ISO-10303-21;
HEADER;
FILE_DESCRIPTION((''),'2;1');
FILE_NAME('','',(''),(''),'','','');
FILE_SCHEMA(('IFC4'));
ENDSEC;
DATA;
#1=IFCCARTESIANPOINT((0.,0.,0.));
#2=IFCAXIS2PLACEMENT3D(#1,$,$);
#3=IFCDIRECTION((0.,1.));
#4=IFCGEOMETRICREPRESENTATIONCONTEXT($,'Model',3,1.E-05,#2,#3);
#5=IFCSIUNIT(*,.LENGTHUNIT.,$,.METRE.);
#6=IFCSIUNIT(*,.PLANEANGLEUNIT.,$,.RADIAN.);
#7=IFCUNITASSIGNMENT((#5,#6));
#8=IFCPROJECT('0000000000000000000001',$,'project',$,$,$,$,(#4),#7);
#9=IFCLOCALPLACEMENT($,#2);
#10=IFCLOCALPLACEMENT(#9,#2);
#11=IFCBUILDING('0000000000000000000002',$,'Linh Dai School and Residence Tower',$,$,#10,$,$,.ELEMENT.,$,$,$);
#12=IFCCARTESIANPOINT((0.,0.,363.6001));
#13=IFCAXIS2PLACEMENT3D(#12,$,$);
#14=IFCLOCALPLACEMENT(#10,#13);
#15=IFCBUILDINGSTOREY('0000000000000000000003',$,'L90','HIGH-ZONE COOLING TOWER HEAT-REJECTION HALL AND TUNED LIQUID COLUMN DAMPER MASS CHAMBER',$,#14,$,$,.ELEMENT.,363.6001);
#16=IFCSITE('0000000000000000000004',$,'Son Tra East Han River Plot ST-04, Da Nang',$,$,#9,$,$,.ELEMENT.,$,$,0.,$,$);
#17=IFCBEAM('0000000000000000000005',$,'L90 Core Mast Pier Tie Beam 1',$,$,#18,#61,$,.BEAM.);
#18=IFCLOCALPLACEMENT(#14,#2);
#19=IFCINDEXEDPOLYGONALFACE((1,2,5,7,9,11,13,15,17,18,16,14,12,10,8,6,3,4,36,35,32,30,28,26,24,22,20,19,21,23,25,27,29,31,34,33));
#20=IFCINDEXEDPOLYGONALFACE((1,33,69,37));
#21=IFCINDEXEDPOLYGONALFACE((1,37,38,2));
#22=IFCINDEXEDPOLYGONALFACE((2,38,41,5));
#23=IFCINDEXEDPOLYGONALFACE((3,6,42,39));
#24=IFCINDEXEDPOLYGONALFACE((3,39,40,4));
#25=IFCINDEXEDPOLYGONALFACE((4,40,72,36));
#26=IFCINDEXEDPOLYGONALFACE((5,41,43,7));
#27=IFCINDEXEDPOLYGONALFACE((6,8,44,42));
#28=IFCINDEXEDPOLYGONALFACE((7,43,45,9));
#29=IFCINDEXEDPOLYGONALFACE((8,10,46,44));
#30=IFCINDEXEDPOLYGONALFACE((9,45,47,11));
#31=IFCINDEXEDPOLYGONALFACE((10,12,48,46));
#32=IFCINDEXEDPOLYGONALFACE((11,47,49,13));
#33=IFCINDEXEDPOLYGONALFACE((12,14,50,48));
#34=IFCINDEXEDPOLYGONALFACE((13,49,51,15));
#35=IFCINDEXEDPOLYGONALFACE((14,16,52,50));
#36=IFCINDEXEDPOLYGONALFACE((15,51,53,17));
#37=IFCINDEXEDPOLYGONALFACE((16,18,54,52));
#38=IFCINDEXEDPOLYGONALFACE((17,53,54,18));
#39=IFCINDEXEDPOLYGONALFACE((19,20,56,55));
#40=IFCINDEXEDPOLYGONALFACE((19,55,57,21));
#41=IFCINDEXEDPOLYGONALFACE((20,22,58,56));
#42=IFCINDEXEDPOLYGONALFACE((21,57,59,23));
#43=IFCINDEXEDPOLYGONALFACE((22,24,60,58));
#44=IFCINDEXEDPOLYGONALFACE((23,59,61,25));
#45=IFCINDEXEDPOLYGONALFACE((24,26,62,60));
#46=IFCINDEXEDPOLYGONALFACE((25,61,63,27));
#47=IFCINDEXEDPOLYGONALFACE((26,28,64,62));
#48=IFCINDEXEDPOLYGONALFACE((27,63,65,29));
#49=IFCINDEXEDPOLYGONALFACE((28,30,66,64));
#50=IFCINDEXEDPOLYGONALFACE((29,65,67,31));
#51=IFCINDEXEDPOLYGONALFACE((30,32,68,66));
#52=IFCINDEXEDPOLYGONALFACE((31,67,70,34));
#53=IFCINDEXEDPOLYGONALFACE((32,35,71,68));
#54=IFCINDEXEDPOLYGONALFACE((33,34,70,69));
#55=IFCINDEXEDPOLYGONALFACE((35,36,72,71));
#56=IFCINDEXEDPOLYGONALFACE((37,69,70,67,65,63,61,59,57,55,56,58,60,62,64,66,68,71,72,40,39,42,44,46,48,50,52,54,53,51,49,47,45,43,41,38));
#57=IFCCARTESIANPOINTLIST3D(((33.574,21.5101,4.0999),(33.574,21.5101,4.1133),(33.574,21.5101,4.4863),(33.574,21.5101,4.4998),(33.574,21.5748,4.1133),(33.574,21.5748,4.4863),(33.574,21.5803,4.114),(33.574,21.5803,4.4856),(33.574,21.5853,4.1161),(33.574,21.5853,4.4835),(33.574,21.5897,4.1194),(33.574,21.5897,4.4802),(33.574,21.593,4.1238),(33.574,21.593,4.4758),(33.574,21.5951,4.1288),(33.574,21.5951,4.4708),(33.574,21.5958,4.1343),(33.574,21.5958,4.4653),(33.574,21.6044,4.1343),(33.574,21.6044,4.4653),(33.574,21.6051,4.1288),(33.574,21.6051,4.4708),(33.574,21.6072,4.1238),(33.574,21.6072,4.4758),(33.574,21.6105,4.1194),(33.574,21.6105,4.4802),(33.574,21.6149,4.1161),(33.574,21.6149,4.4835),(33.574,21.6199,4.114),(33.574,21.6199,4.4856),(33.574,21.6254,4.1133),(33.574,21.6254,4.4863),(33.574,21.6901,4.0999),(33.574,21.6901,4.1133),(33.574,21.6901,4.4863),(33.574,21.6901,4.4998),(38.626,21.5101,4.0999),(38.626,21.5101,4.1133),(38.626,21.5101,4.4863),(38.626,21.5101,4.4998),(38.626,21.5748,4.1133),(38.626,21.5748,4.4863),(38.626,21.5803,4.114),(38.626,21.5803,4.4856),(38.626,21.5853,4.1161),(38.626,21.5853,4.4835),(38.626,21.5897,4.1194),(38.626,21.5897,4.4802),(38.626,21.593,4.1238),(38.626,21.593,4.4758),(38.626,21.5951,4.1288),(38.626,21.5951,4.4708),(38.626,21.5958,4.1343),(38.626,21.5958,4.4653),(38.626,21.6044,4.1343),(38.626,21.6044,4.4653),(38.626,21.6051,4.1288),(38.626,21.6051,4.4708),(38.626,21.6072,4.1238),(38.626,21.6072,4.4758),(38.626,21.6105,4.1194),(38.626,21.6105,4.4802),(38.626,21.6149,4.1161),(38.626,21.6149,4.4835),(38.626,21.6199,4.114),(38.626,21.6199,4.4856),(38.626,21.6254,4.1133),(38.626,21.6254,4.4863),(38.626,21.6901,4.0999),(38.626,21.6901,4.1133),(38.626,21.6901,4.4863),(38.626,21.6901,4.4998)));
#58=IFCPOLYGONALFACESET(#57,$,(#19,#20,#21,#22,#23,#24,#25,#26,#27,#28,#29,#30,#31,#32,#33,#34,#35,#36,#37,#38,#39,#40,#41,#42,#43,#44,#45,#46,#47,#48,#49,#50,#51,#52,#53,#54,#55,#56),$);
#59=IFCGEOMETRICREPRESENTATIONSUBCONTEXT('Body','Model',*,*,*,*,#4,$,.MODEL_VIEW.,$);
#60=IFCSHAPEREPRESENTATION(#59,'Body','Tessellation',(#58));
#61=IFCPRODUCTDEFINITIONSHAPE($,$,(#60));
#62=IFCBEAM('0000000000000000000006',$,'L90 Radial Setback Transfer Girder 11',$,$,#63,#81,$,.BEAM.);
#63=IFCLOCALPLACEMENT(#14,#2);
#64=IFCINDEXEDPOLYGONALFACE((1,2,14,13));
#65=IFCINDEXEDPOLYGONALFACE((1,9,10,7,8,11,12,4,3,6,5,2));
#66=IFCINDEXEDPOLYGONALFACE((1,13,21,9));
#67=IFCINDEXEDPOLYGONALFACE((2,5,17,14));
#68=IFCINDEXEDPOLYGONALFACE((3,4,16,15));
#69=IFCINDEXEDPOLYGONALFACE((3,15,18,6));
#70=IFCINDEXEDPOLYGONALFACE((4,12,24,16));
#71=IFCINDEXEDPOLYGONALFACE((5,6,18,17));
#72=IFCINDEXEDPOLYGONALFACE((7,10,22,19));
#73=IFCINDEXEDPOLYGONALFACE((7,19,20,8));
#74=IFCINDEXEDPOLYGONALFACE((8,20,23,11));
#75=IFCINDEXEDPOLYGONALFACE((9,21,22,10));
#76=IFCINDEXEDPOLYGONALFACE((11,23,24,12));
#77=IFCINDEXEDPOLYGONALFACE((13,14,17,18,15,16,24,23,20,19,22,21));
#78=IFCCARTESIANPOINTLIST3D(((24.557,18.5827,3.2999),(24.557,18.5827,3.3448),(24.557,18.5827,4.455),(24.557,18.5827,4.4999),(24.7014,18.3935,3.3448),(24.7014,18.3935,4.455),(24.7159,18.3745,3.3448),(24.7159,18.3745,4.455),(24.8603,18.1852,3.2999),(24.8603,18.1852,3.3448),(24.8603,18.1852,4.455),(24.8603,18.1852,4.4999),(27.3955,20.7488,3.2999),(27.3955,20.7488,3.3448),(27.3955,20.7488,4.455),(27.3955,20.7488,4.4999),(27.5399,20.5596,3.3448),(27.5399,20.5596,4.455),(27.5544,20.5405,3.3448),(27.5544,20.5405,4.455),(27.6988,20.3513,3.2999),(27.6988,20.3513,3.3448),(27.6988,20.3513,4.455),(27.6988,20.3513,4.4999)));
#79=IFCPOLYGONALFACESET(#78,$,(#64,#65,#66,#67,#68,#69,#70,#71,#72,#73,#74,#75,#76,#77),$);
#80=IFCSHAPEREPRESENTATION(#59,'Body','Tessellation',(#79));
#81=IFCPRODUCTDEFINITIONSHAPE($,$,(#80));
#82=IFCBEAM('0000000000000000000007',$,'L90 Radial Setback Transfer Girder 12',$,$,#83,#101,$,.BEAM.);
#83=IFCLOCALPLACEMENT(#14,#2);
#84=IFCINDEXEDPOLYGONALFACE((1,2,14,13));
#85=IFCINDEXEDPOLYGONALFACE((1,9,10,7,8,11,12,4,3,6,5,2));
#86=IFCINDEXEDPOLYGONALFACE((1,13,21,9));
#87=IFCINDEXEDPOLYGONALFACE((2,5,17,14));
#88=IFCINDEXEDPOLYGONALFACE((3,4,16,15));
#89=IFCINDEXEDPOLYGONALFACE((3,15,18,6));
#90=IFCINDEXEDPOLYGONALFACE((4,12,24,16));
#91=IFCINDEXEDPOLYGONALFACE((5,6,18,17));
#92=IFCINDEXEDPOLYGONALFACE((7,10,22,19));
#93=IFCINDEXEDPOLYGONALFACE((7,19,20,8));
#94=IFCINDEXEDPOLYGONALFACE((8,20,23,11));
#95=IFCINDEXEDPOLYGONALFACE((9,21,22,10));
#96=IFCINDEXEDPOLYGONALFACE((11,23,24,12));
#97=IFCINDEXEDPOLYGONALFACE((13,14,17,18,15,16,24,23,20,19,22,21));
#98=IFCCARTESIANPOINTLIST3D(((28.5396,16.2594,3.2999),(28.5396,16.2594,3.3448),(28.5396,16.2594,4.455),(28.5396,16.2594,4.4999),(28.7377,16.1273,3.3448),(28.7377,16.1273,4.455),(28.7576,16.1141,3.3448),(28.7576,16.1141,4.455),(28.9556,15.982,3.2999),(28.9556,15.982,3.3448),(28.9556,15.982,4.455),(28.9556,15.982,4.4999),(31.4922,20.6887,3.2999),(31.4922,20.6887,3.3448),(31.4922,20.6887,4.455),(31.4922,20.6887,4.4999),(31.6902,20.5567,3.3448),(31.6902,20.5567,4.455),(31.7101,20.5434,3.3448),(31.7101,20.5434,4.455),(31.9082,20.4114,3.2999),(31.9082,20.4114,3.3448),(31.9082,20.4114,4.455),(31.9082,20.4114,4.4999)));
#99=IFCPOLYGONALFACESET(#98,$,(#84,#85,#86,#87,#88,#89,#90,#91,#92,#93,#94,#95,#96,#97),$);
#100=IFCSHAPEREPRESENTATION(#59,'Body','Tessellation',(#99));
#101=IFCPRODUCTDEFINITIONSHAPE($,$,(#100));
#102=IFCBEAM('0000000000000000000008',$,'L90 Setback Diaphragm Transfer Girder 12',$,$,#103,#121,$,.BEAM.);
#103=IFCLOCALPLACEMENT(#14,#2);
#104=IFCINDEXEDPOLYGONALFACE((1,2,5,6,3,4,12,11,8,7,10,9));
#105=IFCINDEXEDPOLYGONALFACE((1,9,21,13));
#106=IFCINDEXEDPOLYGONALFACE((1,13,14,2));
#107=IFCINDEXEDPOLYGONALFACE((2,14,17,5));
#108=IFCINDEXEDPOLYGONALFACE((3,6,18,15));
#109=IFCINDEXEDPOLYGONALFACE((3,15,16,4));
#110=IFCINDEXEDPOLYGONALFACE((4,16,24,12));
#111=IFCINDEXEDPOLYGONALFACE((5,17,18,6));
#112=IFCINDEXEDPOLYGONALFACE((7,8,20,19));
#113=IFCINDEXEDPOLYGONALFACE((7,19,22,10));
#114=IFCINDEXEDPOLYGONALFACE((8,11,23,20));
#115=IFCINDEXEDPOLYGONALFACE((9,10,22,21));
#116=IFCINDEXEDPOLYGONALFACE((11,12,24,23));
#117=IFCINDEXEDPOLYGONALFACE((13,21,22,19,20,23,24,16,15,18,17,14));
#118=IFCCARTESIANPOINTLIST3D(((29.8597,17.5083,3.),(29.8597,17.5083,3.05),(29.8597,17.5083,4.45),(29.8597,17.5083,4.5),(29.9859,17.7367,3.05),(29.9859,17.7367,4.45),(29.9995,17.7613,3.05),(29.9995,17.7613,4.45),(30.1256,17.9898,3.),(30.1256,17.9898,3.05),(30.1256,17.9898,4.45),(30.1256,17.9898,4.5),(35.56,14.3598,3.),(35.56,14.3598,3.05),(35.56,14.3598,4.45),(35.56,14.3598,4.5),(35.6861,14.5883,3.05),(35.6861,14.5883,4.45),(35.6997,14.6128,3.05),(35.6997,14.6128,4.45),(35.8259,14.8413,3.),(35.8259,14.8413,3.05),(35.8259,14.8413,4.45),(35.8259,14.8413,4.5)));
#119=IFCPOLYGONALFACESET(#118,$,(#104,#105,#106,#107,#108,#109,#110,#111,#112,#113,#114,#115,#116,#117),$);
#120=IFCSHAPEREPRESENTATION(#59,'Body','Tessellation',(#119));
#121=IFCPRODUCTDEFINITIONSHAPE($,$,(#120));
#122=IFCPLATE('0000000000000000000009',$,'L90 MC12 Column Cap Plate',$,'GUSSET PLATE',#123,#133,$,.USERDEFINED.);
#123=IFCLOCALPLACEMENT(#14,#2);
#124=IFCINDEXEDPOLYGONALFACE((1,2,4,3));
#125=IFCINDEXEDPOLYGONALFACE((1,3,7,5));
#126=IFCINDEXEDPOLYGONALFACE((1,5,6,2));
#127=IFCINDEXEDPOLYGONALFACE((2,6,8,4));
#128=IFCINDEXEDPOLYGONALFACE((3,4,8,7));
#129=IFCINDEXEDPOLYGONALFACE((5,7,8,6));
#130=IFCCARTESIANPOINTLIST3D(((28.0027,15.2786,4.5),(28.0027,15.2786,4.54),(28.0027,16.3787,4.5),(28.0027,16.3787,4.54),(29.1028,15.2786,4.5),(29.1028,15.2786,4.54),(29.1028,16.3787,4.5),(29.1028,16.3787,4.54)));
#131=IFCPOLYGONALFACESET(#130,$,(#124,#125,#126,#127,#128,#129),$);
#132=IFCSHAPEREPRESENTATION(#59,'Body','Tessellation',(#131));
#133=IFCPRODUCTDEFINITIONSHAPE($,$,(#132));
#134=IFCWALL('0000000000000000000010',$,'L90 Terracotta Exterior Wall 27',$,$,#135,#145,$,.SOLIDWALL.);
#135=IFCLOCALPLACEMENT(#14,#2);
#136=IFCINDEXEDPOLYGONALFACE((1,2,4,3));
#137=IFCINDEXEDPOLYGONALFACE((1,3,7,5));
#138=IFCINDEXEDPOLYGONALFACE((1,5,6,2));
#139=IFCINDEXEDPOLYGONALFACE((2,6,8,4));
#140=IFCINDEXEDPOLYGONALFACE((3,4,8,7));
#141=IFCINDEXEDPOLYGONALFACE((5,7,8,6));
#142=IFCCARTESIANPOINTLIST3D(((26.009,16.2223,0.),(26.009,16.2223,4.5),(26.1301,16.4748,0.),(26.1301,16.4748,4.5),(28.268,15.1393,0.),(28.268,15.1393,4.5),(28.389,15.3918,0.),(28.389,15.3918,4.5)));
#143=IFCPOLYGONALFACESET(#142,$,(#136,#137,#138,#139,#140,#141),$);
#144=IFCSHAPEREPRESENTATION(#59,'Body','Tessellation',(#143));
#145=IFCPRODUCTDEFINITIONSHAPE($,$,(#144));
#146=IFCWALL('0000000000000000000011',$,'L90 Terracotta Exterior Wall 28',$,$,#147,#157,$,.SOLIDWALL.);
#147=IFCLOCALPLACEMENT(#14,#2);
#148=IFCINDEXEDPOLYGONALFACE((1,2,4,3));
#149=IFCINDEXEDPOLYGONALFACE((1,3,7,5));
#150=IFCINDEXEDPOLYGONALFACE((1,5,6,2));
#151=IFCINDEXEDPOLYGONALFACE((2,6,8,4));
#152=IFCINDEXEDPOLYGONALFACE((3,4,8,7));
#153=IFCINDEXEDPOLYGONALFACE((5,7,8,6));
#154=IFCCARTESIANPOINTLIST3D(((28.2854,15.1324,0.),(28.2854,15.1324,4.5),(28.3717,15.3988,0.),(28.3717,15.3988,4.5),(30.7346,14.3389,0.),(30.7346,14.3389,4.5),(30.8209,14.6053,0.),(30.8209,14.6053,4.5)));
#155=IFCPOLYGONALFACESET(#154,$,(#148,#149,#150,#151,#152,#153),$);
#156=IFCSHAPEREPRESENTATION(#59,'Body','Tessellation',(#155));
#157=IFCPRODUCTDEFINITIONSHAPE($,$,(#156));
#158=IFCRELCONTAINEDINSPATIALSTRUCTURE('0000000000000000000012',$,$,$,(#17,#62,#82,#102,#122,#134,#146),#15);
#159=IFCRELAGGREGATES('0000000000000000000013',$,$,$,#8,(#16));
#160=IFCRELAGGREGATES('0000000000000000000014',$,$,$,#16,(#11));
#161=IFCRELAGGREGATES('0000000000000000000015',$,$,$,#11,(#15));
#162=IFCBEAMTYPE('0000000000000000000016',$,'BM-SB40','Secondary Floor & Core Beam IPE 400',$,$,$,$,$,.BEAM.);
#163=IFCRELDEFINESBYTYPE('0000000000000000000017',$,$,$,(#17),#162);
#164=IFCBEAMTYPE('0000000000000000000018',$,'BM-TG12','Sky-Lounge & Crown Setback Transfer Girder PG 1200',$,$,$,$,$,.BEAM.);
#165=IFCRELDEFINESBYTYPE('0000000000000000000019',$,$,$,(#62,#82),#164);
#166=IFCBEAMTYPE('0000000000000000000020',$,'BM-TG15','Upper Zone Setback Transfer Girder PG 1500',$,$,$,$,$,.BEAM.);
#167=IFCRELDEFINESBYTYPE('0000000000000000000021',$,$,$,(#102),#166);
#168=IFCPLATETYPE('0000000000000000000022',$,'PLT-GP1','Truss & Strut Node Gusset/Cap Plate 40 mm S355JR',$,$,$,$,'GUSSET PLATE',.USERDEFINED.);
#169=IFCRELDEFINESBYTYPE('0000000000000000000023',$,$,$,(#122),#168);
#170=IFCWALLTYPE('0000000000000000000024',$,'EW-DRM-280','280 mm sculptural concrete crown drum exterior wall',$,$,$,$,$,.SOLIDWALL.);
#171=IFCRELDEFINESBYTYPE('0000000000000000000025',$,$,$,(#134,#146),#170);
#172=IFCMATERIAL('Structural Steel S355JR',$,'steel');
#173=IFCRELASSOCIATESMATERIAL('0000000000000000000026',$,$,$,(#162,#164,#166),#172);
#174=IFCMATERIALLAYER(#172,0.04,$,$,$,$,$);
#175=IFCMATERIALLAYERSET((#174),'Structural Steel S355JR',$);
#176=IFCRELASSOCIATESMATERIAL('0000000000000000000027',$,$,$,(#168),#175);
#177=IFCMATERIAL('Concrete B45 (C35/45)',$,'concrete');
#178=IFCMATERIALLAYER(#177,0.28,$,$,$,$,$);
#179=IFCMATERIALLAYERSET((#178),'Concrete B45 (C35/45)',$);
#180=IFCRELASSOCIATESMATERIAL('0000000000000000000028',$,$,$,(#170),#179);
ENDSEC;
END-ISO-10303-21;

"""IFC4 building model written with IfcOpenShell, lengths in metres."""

from ifc_helpers import new_model, si_unit, direction, frame, frame_2d, origin, origin_2d, place, context, subcontext, project, spatial, rectangle, i_section, extrude, source, transform, mapped, material, layer, layer_set, material_profile, profile_set, type_object, element, save


model = new_model("IFC4")

# Units and contexts
model_context = context("Model", 3, precision=1e-05, world=origin(), true_north=direction((0.0, 1.0)))
body_context = subcontext(model_context, "Body", "Model", "MODEL_VIEW")
ifc_project = project(units=[si_unit("LENGTHUNIT", "METRE"), si_unit("PLANEANGLEUNIT", "RADIAN")], contexts=[model_context])

# Site, building, storey
site_placement = place(None, origin())
site = spatial("IfcSite", under=ifc_project, at=site_placement, Name="Son Tra East Han River Plot ST-04, Da Nang", CompositionType="ELEMENT", RefElevation=0.0)
building_placement = place(site_placement, origin())
building = spatial("IfcBuilding", under=site, at=building_placement, Name="Linh Dai School and Residence Tower", CompositionType="ELEMENT")
storey_placement = place(building_placement, frame((0.0, 0.0, 363.6001)))
storey = spatial("IfcBuildingStorey", under=building, at=storey_placement, Name="L90", Description="HIGH-ZONE COOLING TOWER HEAT-REJECTION HALL AND TUNED LIQUID COLUMN DAMPER MASS CHAMBER", CompositionType="ELEMENT", Elevation=363.6001)

# Shared definitions
ifc_material_1 = material(Name="Structural Steel S355JR", Category="steel")

# Beams
ifc_material_profile_1 = material_profile(ifc_material_1, i_section(OverallWidth=0.1799, OverallDepth=0.3999, WebThickness=0.0085, FlangeThickness=0.0134, FilletRadius=0.021, at=origin_2d()), Name="IPE 400")
ifc_profile_set_1 = profile_set([ifc_material_profile_1], Name="Structural Steel S355JR")
beam_type_1 = type_object("IfcBeamType", Name="BM-SB40", Description="Secondary Floor & Core Beam IPE 400", PredefinedType="BEAM", material=ifc_profile_set_1)
beam_1_placement = place(storey_placement, frame((33.574, 21.6001, 4.2998), z_axis=(1.0, 0.0, 0.0), x_axis=(0.0, 1.0, 0.0)))
element("IfcBeam", 1, at=beam_1_placement, inside=storey, type_object=beam_type_1, Name="L90 Core Mast Pier Tie Beam 1", PredefinedType="BEAM", context=body_context, shape_type="SweptSolid", body=[
    extrude(i_section(OverallWidth=0.1799, OverallDepth=0.3999, WebThickness=0.0085, FlangeThickness=0.0134, FilletRadius=0.021, at=origin_2d()), origin(), (0.0, 0.0, 1.0), 5.052),
])
ifc_material_profile_2 = material_profile(ifc_material_1, i_section(OverallWidth=0.5, OverallDepth=1.2, WebThickness=0.0239, FlangeThickness=0.0449, at=origin_2d()), Name="PG 1200x500x24x45")
ifc_profile_set_2 = profile_set([ifc_material_profile_2], Name="Structural Steel S355JR")
beam_type_2 = type_object("IfcBeamType", Name="BM-TG12", Description="Sky-Lounge & Crown Setback Transfer Girder PG 1200", PredefinedType="BEAM", material=ifc_profile_set_2)
beam_2_placement = place(storey_placement, frame((27.5471, 20.55, 3.8999), z_axis=(-0.794967, -0.606653, 0.0), x_axis=(0.606653, -0.794967, 0.0)))
element("IfcBeam", 2, at=beam_2_placement, inside=storey, type_object=beam_type_2, Name="L90 Radial Setback Transfer Girder 11", PredefinedType="BEAM", context=body_context, shape_type="SweptSolid", body=[
    extrude(i_section(OverallWidth=0.5, OverallDepth=1.2, WebThickness=0.0239, FlangeThickness=0.0449, at=origin_2d()), origin(), (0.0, 0.0, 1.0), 3.5706),
])
beam_3_placement = place(storey_placement, frame((31.7002, 20.55, 3.8999), z_axis=(-0.554658, -0.832079, 0.0), x_axis=(0.832079, -0.554658, 0.0)))
element("IfcBeam", 3, at=beam_3_placement, inside=storey, type_object=beam_type_2, Name="L90 Radial Setback Transfer Girder 12", PredefinedType="BEAM", context=body_context, shape_type="SweptSolid", body=[
    extrude(i_section(OverallWidth=0.5, OverallDepth=1.2, WebThickness=0.0239, FlangeThickness=0.0449, at=origin_2d()), origin(), (0.0, 0.0, 1.0), 5.3232),
])
ifc_material_profile_3 = material_profile(ifc_material_1, i_section(OverallWidth=0.55, OverallDepth=1.5, WebThickness=0.0281, FlangeThickness=0.05, at=origin_2d()), Name="PG 1500x550x28x50")
ifc_profile_set_3 = profile_set([ifc_material_profile_3], Name="Structural Steel S355JR")
beam_type_3 = type_object("IfcBeamType", Name="BM-TG15", Description="Upper Zone Setback Transfer Girder PG 1500", PredefinedType="BEAM", material=ifc_profile_set_3)
beam_4_placement = place(storey_placement, frame((29.9927, 17.749, 3.75), z_axis=(0.87535, -0.48349, 0.0), x_axis=(0.48349, 0.87535, 0.0)))
element("IfcBeam", 4, at=beam_4_placement, inside=storey, type_object=beam_type_3, Name="L90 Setback Diaphragm Transfer Girder 12", PredefinedType="BEAM", context=body_context, shape_type="SweptSolid", body=[
    extrude(i_section(OverallWidth=0.55, OverallDepth=1.5, WebThickness=0.0281, FlangeThickness=0.05, at=origin_2d()), origin(), (0.0, 0.0, 1.0), 6.512),
])

# Plate
ifc_layer_1 = layer(ifc_material_1, 0.04)
ifc_layer_set_1 = layer_set([ifc_layer_1], Name="Structural Steel S355JR")
plate_type = type_object("IfcPlateType", Name="PLT-GP1", Description="Truss & Strut Node Gusset/Cap Plate 40 mm S355JR", ElementType="GUSSET PLATE", PredefinedType="USERDEFINED", material=ifc_layer_set_1)
shared_shape_1 = source(origin(), body_context, "Body", "SweptSolid", [
    extrude(rectangle(XDim=1.1001, YDim=1.1001, at=origin_2d()), origin(), (0.0, 0.0, 1.0), 0.04),
])
plate_placement = place(storey_placement, frame((28.5527, 15.8286, 4.5), z_axis=(0.0, 0.0, 1.0), x_axis=(1.0, 0.0, 0.0)))
element("IfcPlate", 5, at=plate_placement, inside=storey, type_object=plate_type, Name="L90 MC12 Column Cap Plate", ObjectType="GUSSET PLATE", PredefinedType="USERDEFINED", context=body_context, shape_type="MappedRepresentation", body=[
    mapped(shared_shape_1, transform((0.0, 0.0, 0.0), x_axis=(1.0, 0.0, 0.0), y_axis=(0.0, 1.0, 0.0), z_axis=(0.0, 0.0, 1.0), scale=1.0)),
])

# Walls
ifc_material_2 = material(Name="Concrete B45 (C35/45)", Category="concrete")
ifc_layer_2 = layer(ifc_material_2, 0.28)
ifc_layer_set_2 = layer_set([ifc_layer_2], Name="Concrete B45 (C35/45)")
wall_type_1 = type_object("IfcWallType", Name="EW-DRM-280", Description="280 mm sculptural concrete crown drum exterior wall", PredefinedType="SOLIDWALL", material=ifc_layer_set_2)
wall_1_placement = place(storey_placement, frame((28.3284, 15.2656, 0.0), z_axis=(0.0, 0.0, 1.0), x_axis=(-0.90173, 0.4323, 0.0)))
element("IfcWall", 6, at=wall_1_placement, inside=storey, type_object=wall_type_1, Name="L90 Terracotta Exterior Wall 27", PredefinedType="SOLIDWALL", context=body_context, shape_type="SweptSolid", body=[
    extrude(rectangle(XDim=2.5051, YDim=0.28, at=frame_2d((1.2524, 0.0))), origin(), (0.0, 0.0, 1.0), 4.5),
])
wall_2_placement = place(storey_placement, frame((30.7776, 14.4722, 0.0), z_axis=(0.0, 0.0, 1.0), x_axis=(-0.951324, 0.308194, 0.0)))
element("IfcWall", 7, at=wall_2_placement, inside=storey, type_object=wall_type_1, Name="L90 Terracotta Exterior Wall 28", PredefinedType="SOLIDWALL", context=body_context, shape_type="SweptSolid", body=[
    extrude(rectangle(XDim=2.5745, YDim=0.28, at=frame_2d((1.2871, 0.0))), origin(), (0.0, 0.0, 1.0), 4.5),
])

save(model, "model.ifc")
